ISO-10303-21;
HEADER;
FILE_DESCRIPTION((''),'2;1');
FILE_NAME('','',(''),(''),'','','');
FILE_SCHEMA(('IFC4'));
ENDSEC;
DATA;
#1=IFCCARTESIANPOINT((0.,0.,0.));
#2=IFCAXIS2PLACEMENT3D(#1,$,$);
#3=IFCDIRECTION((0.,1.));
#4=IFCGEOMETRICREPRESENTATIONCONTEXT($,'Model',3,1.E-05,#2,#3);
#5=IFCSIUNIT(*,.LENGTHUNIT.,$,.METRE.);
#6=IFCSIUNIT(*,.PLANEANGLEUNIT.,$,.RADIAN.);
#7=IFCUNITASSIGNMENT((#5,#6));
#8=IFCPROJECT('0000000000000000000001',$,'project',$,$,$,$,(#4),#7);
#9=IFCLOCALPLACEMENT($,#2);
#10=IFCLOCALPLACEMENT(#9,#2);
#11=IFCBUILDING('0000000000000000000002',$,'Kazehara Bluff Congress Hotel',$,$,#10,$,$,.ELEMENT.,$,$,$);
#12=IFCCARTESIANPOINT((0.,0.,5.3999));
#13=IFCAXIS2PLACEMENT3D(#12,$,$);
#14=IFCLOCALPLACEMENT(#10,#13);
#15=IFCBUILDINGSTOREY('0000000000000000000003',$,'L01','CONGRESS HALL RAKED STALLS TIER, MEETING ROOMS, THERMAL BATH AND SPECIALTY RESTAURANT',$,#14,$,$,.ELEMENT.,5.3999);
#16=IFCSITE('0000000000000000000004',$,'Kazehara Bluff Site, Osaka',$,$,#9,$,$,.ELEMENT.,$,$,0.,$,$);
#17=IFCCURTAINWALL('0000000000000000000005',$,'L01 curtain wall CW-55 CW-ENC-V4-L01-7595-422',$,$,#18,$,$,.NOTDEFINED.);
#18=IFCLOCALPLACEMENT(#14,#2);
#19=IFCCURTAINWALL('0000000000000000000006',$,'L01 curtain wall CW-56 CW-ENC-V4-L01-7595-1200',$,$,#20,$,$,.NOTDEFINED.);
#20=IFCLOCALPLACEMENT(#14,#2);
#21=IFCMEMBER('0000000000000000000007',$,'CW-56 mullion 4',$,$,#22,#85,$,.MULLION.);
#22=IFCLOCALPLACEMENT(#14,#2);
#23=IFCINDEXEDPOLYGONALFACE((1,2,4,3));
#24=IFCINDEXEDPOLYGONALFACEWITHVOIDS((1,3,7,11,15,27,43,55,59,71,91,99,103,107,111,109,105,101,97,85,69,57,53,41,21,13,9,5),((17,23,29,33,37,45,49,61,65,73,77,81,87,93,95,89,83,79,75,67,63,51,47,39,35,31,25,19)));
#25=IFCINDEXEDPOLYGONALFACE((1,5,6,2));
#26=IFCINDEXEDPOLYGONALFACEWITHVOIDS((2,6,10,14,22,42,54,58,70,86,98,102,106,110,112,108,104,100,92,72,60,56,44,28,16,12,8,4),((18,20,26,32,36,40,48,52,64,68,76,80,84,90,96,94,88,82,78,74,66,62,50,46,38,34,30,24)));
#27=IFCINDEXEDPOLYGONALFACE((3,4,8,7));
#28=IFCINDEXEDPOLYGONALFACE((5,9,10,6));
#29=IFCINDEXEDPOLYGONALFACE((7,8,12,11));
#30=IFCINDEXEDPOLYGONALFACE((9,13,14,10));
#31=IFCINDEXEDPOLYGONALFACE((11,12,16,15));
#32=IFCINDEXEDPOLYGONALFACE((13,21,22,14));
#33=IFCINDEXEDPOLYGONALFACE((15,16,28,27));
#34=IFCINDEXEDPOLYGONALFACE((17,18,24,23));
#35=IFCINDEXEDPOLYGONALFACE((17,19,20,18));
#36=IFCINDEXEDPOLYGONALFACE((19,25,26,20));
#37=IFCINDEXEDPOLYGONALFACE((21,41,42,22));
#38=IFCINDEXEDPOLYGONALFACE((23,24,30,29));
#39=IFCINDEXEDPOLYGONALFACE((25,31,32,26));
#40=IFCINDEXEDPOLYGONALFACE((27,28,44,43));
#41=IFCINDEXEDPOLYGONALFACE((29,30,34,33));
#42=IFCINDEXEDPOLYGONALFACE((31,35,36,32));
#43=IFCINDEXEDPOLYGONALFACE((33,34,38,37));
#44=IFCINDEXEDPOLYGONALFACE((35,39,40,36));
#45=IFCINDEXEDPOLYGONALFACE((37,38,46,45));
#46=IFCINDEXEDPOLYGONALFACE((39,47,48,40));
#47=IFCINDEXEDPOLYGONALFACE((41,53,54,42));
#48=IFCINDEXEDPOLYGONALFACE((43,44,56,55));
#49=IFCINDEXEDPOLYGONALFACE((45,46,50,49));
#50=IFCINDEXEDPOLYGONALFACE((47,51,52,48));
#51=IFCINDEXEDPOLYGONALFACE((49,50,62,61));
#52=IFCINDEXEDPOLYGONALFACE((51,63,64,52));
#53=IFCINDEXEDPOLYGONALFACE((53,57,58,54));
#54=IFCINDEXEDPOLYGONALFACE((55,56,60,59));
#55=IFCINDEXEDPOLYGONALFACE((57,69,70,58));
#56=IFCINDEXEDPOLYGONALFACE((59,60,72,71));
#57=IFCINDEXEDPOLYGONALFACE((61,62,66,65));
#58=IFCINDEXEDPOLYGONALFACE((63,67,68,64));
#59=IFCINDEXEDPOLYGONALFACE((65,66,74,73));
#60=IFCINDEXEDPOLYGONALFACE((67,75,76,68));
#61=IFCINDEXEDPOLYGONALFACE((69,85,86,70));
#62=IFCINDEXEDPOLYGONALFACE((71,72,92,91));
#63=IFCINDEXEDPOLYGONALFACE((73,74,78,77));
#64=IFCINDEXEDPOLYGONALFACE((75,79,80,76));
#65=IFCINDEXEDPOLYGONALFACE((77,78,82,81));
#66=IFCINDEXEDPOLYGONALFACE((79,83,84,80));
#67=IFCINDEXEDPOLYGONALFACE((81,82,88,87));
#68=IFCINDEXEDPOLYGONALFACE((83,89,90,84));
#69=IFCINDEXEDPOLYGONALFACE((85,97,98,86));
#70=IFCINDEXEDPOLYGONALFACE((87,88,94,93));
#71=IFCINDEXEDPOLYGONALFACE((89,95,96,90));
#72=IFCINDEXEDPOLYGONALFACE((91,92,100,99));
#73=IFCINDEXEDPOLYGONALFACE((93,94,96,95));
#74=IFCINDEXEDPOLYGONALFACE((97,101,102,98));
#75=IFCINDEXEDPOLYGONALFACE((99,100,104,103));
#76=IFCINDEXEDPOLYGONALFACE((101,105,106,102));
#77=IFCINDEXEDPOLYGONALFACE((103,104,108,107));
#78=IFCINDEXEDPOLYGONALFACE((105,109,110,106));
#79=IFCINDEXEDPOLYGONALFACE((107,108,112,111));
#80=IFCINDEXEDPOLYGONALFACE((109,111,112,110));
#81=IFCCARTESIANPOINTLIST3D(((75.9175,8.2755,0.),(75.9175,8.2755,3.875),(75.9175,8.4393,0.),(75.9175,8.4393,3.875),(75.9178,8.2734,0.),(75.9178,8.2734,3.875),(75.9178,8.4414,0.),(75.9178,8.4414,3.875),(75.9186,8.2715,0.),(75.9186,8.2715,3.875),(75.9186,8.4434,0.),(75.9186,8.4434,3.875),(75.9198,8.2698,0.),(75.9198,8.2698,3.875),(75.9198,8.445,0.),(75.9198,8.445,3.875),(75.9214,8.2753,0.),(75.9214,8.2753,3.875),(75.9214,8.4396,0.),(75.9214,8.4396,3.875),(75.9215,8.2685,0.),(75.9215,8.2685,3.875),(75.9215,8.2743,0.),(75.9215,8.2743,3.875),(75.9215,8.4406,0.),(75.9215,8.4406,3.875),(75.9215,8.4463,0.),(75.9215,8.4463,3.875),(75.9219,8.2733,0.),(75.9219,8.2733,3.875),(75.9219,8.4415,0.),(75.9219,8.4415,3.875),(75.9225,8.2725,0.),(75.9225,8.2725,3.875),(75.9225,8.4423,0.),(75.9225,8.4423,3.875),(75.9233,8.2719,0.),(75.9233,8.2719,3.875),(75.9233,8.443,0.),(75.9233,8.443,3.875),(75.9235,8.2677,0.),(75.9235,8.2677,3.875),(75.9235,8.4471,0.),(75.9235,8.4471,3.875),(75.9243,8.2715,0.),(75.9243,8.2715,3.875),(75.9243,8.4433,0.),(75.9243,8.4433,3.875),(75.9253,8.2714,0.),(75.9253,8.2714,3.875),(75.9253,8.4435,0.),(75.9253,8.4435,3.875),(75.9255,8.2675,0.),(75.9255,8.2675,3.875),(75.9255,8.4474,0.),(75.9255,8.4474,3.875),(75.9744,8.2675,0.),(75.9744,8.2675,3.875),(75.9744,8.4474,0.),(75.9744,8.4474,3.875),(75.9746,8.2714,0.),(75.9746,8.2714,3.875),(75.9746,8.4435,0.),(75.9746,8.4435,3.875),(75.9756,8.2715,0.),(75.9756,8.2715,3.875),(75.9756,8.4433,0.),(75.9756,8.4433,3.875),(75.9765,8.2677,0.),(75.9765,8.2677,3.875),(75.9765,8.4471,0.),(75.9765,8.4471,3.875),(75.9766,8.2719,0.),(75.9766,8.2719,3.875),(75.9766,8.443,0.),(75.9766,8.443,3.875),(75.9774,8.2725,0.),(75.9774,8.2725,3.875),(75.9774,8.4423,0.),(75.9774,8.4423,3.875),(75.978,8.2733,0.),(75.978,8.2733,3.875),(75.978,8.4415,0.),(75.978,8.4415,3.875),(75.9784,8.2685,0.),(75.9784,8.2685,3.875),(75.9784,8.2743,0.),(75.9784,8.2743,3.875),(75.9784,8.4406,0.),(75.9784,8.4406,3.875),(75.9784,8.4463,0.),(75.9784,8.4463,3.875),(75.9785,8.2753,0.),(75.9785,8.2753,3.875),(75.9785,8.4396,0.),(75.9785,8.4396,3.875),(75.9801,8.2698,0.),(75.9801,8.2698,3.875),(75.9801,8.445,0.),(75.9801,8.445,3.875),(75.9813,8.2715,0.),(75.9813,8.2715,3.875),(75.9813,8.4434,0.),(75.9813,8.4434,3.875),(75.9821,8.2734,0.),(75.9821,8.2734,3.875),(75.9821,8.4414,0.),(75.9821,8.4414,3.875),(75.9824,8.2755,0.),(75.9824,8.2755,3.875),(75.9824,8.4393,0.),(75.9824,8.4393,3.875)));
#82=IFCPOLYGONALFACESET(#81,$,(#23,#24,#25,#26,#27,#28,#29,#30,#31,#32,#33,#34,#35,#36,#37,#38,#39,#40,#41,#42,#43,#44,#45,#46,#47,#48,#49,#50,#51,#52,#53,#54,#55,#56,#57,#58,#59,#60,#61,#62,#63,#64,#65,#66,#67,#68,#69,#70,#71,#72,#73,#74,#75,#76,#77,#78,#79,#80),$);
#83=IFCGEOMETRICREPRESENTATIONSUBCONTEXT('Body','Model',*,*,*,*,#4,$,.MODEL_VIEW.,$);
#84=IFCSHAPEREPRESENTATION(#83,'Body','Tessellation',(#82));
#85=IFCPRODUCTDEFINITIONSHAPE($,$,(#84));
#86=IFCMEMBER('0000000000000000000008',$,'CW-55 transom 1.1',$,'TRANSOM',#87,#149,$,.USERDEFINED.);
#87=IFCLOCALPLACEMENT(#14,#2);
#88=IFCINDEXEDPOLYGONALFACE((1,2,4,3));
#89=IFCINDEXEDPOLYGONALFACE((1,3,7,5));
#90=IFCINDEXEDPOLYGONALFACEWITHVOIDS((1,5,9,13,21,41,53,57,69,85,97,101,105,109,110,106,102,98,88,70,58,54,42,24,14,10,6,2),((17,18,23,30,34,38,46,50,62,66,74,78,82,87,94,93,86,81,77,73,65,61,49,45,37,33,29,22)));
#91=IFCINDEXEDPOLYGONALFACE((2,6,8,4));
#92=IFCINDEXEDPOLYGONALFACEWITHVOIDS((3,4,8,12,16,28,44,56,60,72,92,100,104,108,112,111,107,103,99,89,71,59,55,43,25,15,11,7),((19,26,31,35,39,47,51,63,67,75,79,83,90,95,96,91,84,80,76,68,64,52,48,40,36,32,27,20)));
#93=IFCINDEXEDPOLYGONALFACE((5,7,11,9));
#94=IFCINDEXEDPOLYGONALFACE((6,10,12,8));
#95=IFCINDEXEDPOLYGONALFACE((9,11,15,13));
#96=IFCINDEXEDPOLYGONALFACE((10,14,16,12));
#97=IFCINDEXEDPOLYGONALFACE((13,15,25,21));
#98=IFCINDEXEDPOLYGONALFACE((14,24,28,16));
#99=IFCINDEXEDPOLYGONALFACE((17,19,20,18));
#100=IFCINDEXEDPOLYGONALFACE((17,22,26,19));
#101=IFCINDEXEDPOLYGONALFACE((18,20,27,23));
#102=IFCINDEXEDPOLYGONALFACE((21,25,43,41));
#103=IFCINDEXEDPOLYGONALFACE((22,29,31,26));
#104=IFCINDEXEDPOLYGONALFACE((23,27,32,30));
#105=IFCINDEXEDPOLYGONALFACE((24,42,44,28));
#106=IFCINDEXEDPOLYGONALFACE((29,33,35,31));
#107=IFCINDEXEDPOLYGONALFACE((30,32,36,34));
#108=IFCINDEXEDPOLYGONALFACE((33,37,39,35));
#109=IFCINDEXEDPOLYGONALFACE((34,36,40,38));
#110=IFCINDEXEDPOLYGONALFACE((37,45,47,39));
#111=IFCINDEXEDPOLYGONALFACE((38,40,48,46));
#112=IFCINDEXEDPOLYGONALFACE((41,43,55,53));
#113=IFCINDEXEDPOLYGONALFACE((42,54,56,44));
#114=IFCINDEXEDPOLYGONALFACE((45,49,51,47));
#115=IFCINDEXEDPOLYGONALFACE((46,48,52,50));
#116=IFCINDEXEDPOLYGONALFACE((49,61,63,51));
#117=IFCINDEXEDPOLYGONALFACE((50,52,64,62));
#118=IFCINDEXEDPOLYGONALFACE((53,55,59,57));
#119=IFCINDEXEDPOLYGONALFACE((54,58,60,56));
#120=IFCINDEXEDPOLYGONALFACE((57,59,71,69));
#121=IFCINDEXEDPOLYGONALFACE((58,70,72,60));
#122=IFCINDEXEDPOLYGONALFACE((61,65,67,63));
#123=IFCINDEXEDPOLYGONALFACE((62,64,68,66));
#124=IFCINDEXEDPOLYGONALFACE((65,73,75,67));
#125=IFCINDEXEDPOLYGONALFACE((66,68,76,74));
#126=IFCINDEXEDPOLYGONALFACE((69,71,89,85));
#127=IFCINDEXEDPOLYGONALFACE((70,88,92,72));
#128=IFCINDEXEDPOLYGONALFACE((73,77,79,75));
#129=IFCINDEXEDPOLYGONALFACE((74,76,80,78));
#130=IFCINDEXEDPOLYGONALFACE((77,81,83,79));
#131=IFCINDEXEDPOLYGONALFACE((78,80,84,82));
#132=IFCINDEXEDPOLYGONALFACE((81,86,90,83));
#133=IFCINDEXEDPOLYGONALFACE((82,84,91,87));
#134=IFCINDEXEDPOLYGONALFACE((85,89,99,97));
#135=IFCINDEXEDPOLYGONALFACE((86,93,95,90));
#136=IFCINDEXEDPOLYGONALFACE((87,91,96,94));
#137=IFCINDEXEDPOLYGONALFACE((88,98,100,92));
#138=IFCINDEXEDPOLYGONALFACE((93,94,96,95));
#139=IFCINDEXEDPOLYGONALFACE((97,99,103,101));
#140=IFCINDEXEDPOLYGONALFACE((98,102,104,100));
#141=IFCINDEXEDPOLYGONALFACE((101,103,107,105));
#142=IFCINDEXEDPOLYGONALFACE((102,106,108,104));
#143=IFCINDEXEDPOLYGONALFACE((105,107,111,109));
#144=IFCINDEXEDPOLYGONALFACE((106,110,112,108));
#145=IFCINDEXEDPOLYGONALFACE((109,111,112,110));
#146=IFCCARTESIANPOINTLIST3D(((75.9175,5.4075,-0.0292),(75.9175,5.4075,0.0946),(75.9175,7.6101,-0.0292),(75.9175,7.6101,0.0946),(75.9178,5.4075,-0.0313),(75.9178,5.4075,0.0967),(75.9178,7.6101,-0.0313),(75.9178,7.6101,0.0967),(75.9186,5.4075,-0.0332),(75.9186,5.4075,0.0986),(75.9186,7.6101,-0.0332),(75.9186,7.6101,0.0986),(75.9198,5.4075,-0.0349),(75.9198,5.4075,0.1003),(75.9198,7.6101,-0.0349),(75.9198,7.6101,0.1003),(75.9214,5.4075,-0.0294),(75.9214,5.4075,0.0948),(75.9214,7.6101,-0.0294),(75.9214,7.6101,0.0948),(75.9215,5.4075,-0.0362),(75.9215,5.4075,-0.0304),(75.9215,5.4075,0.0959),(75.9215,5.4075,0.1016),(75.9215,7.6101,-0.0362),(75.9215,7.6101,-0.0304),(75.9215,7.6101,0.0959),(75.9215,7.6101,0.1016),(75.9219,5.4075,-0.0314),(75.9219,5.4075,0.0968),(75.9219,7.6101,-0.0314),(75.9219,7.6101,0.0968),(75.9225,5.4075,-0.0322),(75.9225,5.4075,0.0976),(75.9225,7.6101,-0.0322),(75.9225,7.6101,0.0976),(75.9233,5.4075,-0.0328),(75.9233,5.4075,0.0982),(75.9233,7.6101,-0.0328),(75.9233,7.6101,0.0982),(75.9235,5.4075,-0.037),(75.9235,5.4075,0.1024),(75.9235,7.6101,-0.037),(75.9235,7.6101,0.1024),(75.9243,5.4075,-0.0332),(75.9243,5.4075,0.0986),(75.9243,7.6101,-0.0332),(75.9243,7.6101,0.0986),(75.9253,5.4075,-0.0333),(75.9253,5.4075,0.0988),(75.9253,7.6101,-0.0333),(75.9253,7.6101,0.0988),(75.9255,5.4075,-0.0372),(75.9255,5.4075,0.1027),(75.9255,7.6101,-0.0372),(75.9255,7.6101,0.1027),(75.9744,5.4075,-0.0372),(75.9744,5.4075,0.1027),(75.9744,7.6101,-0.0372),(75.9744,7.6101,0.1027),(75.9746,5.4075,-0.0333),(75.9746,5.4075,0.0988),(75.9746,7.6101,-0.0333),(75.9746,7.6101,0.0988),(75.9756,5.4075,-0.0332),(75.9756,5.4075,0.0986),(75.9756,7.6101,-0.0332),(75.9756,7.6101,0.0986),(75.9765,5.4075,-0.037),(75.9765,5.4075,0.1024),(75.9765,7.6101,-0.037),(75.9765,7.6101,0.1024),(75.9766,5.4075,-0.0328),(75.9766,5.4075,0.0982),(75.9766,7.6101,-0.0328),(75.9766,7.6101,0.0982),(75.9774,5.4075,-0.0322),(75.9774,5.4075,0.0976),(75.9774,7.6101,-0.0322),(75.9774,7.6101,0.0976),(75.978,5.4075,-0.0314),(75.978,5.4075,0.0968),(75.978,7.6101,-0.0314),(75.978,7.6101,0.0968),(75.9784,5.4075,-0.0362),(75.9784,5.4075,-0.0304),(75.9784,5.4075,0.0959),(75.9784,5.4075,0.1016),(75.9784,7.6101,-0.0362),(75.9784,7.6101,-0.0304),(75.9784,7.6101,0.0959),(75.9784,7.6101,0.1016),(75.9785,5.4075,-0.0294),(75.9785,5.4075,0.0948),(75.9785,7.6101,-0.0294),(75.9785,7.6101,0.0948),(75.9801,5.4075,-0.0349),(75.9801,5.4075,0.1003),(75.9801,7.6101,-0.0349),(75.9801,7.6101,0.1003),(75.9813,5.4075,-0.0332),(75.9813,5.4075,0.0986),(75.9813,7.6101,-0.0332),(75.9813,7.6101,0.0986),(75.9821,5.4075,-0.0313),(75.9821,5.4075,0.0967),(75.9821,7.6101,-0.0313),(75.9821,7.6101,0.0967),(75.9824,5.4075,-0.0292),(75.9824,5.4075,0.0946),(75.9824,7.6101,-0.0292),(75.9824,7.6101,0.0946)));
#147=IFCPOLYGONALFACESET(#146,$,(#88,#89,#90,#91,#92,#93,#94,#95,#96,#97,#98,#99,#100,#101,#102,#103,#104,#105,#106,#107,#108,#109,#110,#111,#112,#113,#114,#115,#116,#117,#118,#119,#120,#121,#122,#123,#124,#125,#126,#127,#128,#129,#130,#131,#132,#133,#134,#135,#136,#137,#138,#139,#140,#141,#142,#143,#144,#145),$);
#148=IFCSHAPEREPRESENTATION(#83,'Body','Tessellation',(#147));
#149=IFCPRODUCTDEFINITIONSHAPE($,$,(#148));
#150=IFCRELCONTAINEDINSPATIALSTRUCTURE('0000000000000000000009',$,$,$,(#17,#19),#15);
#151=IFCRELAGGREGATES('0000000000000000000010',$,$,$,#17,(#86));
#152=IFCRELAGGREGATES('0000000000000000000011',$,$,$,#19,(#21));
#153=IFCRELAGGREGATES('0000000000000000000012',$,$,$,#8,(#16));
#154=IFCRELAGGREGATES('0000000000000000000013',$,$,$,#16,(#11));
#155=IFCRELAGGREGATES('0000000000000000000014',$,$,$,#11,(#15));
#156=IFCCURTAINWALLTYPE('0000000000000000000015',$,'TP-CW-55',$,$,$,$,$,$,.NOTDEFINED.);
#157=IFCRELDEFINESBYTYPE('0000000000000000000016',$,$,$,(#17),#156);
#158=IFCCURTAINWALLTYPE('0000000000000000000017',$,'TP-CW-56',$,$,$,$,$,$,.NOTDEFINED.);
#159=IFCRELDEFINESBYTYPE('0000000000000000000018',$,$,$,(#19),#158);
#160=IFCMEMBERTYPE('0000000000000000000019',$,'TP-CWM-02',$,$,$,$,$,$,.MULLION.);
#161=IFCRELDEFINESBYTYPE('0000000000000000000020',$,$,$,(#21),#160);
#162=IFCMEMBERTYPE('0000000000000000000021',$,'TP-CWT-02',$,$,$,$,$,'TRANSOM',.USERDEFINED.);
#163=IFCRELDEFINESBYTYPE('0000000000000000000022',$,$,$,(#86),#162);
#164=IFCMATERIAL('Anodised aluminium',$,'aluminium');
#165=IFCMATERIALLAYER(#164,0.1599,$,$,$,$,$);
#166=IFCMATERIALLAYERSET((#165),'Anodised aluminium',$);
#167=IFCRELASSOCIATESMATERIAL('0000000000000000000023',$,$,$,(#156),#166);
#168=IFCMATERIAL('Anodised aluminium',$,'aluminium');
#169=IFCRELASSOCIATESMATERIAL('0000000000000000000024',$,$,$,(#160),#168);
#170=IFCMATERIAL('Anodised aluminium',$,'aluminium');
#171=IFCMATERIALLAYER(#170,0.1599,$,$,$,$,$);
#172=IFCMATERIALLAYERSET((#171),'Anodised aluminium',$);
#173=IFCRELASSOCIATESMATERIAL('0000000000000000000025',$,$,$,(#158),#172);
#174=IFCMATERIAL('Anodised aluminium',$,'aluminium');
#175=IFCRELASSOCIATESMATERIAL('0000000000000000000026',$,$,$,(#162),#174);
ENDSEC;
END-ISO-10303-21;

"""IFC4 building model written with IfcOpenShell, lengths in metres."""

from ifc_helpers import new_model, si_unit, direction, frame, origin, origin_2d, place, context, subcontext, project, spatial, hollow_rectangle, extrude, material, layer, layer_set, material_profile, profile_set, type_object, element, aggregate, save


model = new_model("IFC4")

# Units and contexts
model_context = context("Model", 3, precision=1e-05, world=origin(), true_north=direction((0.0, 1.0)))
body_context = subcontext(model_context, "Body", "Model", "MODEL_VIEW")
ifc_project = project(units=[si_unit("LENGTHUNIT", "METRE"), si_unit("PLANEANGLEUNIT", "RADIAN")], contexts=[model_context])

# Site, building, storey
site_placement = place(None, origin())
site = spatial("IfcSite", under=ifc_project, at=site_placement, Name="Kazehara Bluff Site, Osaka", CompositionType="ELEMENT", RefElevation=0.0)
building_placement = place(site_placement, origin())
building = spatial("IfcBuilding", under=site, at=building_placement, Name="Kazehara Bluff Congress Hotel", CompositionType="ELEMENT")
storey_placement = place(building_placement, frame((0.0, 0.0, 5.3999)))
storey = spatial("IfcBuildingStorey", under=building, at=storey_placement, Name="L01", Description="CONGRESS HALL RAKED STALLS TIER, MEETING ROOMS, THERMAL BATH AND SPECIALTY RESTAURANT", CompositionType="ELEMENT", Elevation=5.3999)

# Curtain walls, member
ifc_material_1 = material(Name="Anodised aluminium", Category="aluminium")
ifc_layer_1 = layer(ifc_material_1, 0.1599)
ifc_layer_set_1 = layer_set([ifc_layer_1], Name="Anodised aluminium")
curtain_wall_type_1 = type_object("IfcCurtainWallType", Name="TP-CW-55", PredefinedType="NOTDEFINED", material=ifc_layer_set_1)
curtain_wall_1_placement = place(storey_placement, origin())
curtain_wall_1 = element("IfcCurtainWall", 1, at=curtain_wall_1_placement, inside=storey, type_object=curtain_wall_type_1, Name="L01 curtain wall CW-55 CW-ENC-V4-L01-7595-422", PredefinedType="NOTDEFINED")
ifc_material_2 = material(Name="Anodised aluminium", Category="aluminium")
ifc_material_profile_1 = material_profile(ifc_material_2, hollow_rectangle(XDim=0.0649, YDim=0.1799, WallThickness=0.0039, InnerFilletRadius=0.0039, OuterFilletRadius=0.0081, at=origin_2d()))
ifc_profile_set_1 = profile_set([ifc_material_profile_1], Name="Anodised aluminium")
member_type_1 = type_object("IfcMemberType", Name="TP-CWM-02", PredefinedType="MULLION", material=ifc_profile_set_1)
ifc_material_3 = material(Name="Anodised aluminium", Category="aluminium")
ifc_layer_2 = layer(ifc_material_3, 0.1599)
ifc_layer_set_2 = layer_set([ifc_layer_2], Name="Anodised aluminium")
curtain_wall_type_2 = type_object("IfcCurtainWallType", Name="TP-CW-56", PredefinedType="NOTDEFINED", material=ifc_layer_set_2)
curtain_wall_2_placement = place(storey_placement, origin())
curtain_wall_2 = element("IfcCurtainWall", 2, at=curtain_wall_2_placement, inside=storey, type_object=curtain_wall_type_2, Name="L01 curtain wall CW-56 CW-ENC-V4-L01-7595-1200", PredefinedType="NOTDEFINED")
member_1_placement = place(storey_placement, frame((75.95, 8.3574, 0.0), z_axis=(0.0, 0.0, 1.0), x_axis=(1.0, 0.0, 0.0)))
member_1 = element("IfcMember", 3, at=member_1_placement, type_object=member_type_1, Name="CW-56 mullion 4", PredefinedType="MULLION", context=body_context, shape_type="SweptSolid", body=[
    extrude(hollow_rectangle(XDim=0.0649, YDim=0.1799, WallThickness=0.0039, InnerFilletRadius=0.0039, OuterFilletRadius=0.0081, at=origin_2d()), origin(), (0.0, 0.0, 1.0), 3.875),
])

# Member
ifc_material_4 = material(Name="Anodised aluminium", Category="aluminium")
ifc_material_profile_2 = material_profile(ifc_material_4, hollow_rectangle(XDim=0.0649, YDim=0.1399, WallThickness=0.0039, InnerFilletRadius=0.0039, OuterFilletRadius=0.0081, at=origin_2d()))
ifc_profile_set_2 = profile_set([ifc_material_profile_2], Name="Anodised aluminium")
member_type_2 = type_object("IfcMemberType", Name="TP-CWT-02", ElementType="TRANSOM", PredefinedType="USERDEFINED", material=ifc_profile_set_2)
member_2_placement = place(storey_placement, frame((75.95, 7.6101, 0.0327), z_axis=(0.0, -1.0, 0.0), x_axis=(1.0, 0.0, 0.0)))
member_2 = element("IfcMember", 4, at=member_2_placement, type_object=member_type_2, Name="CW-55 transom 1.1", ObjectType="TRANSOM", PredefinedType="USERDEFINED", context=body_context, shape_type="SweptSolid", body=[
    extrude(hollow_rectangle(XDim=0.0649, YDim=0.1399, WallThickness=0.0039, InnerFilletRadius=0.0039, OuterFilletRadius=0.0081, at=origin_2d()), origin(), (0.0, 0.0, 1.0), 2.2026),
])

aggregate(curtain_wall_1, [member_2])
aggregate(curtain_wall_2, [member_1])

save(model, "model.ifc")
